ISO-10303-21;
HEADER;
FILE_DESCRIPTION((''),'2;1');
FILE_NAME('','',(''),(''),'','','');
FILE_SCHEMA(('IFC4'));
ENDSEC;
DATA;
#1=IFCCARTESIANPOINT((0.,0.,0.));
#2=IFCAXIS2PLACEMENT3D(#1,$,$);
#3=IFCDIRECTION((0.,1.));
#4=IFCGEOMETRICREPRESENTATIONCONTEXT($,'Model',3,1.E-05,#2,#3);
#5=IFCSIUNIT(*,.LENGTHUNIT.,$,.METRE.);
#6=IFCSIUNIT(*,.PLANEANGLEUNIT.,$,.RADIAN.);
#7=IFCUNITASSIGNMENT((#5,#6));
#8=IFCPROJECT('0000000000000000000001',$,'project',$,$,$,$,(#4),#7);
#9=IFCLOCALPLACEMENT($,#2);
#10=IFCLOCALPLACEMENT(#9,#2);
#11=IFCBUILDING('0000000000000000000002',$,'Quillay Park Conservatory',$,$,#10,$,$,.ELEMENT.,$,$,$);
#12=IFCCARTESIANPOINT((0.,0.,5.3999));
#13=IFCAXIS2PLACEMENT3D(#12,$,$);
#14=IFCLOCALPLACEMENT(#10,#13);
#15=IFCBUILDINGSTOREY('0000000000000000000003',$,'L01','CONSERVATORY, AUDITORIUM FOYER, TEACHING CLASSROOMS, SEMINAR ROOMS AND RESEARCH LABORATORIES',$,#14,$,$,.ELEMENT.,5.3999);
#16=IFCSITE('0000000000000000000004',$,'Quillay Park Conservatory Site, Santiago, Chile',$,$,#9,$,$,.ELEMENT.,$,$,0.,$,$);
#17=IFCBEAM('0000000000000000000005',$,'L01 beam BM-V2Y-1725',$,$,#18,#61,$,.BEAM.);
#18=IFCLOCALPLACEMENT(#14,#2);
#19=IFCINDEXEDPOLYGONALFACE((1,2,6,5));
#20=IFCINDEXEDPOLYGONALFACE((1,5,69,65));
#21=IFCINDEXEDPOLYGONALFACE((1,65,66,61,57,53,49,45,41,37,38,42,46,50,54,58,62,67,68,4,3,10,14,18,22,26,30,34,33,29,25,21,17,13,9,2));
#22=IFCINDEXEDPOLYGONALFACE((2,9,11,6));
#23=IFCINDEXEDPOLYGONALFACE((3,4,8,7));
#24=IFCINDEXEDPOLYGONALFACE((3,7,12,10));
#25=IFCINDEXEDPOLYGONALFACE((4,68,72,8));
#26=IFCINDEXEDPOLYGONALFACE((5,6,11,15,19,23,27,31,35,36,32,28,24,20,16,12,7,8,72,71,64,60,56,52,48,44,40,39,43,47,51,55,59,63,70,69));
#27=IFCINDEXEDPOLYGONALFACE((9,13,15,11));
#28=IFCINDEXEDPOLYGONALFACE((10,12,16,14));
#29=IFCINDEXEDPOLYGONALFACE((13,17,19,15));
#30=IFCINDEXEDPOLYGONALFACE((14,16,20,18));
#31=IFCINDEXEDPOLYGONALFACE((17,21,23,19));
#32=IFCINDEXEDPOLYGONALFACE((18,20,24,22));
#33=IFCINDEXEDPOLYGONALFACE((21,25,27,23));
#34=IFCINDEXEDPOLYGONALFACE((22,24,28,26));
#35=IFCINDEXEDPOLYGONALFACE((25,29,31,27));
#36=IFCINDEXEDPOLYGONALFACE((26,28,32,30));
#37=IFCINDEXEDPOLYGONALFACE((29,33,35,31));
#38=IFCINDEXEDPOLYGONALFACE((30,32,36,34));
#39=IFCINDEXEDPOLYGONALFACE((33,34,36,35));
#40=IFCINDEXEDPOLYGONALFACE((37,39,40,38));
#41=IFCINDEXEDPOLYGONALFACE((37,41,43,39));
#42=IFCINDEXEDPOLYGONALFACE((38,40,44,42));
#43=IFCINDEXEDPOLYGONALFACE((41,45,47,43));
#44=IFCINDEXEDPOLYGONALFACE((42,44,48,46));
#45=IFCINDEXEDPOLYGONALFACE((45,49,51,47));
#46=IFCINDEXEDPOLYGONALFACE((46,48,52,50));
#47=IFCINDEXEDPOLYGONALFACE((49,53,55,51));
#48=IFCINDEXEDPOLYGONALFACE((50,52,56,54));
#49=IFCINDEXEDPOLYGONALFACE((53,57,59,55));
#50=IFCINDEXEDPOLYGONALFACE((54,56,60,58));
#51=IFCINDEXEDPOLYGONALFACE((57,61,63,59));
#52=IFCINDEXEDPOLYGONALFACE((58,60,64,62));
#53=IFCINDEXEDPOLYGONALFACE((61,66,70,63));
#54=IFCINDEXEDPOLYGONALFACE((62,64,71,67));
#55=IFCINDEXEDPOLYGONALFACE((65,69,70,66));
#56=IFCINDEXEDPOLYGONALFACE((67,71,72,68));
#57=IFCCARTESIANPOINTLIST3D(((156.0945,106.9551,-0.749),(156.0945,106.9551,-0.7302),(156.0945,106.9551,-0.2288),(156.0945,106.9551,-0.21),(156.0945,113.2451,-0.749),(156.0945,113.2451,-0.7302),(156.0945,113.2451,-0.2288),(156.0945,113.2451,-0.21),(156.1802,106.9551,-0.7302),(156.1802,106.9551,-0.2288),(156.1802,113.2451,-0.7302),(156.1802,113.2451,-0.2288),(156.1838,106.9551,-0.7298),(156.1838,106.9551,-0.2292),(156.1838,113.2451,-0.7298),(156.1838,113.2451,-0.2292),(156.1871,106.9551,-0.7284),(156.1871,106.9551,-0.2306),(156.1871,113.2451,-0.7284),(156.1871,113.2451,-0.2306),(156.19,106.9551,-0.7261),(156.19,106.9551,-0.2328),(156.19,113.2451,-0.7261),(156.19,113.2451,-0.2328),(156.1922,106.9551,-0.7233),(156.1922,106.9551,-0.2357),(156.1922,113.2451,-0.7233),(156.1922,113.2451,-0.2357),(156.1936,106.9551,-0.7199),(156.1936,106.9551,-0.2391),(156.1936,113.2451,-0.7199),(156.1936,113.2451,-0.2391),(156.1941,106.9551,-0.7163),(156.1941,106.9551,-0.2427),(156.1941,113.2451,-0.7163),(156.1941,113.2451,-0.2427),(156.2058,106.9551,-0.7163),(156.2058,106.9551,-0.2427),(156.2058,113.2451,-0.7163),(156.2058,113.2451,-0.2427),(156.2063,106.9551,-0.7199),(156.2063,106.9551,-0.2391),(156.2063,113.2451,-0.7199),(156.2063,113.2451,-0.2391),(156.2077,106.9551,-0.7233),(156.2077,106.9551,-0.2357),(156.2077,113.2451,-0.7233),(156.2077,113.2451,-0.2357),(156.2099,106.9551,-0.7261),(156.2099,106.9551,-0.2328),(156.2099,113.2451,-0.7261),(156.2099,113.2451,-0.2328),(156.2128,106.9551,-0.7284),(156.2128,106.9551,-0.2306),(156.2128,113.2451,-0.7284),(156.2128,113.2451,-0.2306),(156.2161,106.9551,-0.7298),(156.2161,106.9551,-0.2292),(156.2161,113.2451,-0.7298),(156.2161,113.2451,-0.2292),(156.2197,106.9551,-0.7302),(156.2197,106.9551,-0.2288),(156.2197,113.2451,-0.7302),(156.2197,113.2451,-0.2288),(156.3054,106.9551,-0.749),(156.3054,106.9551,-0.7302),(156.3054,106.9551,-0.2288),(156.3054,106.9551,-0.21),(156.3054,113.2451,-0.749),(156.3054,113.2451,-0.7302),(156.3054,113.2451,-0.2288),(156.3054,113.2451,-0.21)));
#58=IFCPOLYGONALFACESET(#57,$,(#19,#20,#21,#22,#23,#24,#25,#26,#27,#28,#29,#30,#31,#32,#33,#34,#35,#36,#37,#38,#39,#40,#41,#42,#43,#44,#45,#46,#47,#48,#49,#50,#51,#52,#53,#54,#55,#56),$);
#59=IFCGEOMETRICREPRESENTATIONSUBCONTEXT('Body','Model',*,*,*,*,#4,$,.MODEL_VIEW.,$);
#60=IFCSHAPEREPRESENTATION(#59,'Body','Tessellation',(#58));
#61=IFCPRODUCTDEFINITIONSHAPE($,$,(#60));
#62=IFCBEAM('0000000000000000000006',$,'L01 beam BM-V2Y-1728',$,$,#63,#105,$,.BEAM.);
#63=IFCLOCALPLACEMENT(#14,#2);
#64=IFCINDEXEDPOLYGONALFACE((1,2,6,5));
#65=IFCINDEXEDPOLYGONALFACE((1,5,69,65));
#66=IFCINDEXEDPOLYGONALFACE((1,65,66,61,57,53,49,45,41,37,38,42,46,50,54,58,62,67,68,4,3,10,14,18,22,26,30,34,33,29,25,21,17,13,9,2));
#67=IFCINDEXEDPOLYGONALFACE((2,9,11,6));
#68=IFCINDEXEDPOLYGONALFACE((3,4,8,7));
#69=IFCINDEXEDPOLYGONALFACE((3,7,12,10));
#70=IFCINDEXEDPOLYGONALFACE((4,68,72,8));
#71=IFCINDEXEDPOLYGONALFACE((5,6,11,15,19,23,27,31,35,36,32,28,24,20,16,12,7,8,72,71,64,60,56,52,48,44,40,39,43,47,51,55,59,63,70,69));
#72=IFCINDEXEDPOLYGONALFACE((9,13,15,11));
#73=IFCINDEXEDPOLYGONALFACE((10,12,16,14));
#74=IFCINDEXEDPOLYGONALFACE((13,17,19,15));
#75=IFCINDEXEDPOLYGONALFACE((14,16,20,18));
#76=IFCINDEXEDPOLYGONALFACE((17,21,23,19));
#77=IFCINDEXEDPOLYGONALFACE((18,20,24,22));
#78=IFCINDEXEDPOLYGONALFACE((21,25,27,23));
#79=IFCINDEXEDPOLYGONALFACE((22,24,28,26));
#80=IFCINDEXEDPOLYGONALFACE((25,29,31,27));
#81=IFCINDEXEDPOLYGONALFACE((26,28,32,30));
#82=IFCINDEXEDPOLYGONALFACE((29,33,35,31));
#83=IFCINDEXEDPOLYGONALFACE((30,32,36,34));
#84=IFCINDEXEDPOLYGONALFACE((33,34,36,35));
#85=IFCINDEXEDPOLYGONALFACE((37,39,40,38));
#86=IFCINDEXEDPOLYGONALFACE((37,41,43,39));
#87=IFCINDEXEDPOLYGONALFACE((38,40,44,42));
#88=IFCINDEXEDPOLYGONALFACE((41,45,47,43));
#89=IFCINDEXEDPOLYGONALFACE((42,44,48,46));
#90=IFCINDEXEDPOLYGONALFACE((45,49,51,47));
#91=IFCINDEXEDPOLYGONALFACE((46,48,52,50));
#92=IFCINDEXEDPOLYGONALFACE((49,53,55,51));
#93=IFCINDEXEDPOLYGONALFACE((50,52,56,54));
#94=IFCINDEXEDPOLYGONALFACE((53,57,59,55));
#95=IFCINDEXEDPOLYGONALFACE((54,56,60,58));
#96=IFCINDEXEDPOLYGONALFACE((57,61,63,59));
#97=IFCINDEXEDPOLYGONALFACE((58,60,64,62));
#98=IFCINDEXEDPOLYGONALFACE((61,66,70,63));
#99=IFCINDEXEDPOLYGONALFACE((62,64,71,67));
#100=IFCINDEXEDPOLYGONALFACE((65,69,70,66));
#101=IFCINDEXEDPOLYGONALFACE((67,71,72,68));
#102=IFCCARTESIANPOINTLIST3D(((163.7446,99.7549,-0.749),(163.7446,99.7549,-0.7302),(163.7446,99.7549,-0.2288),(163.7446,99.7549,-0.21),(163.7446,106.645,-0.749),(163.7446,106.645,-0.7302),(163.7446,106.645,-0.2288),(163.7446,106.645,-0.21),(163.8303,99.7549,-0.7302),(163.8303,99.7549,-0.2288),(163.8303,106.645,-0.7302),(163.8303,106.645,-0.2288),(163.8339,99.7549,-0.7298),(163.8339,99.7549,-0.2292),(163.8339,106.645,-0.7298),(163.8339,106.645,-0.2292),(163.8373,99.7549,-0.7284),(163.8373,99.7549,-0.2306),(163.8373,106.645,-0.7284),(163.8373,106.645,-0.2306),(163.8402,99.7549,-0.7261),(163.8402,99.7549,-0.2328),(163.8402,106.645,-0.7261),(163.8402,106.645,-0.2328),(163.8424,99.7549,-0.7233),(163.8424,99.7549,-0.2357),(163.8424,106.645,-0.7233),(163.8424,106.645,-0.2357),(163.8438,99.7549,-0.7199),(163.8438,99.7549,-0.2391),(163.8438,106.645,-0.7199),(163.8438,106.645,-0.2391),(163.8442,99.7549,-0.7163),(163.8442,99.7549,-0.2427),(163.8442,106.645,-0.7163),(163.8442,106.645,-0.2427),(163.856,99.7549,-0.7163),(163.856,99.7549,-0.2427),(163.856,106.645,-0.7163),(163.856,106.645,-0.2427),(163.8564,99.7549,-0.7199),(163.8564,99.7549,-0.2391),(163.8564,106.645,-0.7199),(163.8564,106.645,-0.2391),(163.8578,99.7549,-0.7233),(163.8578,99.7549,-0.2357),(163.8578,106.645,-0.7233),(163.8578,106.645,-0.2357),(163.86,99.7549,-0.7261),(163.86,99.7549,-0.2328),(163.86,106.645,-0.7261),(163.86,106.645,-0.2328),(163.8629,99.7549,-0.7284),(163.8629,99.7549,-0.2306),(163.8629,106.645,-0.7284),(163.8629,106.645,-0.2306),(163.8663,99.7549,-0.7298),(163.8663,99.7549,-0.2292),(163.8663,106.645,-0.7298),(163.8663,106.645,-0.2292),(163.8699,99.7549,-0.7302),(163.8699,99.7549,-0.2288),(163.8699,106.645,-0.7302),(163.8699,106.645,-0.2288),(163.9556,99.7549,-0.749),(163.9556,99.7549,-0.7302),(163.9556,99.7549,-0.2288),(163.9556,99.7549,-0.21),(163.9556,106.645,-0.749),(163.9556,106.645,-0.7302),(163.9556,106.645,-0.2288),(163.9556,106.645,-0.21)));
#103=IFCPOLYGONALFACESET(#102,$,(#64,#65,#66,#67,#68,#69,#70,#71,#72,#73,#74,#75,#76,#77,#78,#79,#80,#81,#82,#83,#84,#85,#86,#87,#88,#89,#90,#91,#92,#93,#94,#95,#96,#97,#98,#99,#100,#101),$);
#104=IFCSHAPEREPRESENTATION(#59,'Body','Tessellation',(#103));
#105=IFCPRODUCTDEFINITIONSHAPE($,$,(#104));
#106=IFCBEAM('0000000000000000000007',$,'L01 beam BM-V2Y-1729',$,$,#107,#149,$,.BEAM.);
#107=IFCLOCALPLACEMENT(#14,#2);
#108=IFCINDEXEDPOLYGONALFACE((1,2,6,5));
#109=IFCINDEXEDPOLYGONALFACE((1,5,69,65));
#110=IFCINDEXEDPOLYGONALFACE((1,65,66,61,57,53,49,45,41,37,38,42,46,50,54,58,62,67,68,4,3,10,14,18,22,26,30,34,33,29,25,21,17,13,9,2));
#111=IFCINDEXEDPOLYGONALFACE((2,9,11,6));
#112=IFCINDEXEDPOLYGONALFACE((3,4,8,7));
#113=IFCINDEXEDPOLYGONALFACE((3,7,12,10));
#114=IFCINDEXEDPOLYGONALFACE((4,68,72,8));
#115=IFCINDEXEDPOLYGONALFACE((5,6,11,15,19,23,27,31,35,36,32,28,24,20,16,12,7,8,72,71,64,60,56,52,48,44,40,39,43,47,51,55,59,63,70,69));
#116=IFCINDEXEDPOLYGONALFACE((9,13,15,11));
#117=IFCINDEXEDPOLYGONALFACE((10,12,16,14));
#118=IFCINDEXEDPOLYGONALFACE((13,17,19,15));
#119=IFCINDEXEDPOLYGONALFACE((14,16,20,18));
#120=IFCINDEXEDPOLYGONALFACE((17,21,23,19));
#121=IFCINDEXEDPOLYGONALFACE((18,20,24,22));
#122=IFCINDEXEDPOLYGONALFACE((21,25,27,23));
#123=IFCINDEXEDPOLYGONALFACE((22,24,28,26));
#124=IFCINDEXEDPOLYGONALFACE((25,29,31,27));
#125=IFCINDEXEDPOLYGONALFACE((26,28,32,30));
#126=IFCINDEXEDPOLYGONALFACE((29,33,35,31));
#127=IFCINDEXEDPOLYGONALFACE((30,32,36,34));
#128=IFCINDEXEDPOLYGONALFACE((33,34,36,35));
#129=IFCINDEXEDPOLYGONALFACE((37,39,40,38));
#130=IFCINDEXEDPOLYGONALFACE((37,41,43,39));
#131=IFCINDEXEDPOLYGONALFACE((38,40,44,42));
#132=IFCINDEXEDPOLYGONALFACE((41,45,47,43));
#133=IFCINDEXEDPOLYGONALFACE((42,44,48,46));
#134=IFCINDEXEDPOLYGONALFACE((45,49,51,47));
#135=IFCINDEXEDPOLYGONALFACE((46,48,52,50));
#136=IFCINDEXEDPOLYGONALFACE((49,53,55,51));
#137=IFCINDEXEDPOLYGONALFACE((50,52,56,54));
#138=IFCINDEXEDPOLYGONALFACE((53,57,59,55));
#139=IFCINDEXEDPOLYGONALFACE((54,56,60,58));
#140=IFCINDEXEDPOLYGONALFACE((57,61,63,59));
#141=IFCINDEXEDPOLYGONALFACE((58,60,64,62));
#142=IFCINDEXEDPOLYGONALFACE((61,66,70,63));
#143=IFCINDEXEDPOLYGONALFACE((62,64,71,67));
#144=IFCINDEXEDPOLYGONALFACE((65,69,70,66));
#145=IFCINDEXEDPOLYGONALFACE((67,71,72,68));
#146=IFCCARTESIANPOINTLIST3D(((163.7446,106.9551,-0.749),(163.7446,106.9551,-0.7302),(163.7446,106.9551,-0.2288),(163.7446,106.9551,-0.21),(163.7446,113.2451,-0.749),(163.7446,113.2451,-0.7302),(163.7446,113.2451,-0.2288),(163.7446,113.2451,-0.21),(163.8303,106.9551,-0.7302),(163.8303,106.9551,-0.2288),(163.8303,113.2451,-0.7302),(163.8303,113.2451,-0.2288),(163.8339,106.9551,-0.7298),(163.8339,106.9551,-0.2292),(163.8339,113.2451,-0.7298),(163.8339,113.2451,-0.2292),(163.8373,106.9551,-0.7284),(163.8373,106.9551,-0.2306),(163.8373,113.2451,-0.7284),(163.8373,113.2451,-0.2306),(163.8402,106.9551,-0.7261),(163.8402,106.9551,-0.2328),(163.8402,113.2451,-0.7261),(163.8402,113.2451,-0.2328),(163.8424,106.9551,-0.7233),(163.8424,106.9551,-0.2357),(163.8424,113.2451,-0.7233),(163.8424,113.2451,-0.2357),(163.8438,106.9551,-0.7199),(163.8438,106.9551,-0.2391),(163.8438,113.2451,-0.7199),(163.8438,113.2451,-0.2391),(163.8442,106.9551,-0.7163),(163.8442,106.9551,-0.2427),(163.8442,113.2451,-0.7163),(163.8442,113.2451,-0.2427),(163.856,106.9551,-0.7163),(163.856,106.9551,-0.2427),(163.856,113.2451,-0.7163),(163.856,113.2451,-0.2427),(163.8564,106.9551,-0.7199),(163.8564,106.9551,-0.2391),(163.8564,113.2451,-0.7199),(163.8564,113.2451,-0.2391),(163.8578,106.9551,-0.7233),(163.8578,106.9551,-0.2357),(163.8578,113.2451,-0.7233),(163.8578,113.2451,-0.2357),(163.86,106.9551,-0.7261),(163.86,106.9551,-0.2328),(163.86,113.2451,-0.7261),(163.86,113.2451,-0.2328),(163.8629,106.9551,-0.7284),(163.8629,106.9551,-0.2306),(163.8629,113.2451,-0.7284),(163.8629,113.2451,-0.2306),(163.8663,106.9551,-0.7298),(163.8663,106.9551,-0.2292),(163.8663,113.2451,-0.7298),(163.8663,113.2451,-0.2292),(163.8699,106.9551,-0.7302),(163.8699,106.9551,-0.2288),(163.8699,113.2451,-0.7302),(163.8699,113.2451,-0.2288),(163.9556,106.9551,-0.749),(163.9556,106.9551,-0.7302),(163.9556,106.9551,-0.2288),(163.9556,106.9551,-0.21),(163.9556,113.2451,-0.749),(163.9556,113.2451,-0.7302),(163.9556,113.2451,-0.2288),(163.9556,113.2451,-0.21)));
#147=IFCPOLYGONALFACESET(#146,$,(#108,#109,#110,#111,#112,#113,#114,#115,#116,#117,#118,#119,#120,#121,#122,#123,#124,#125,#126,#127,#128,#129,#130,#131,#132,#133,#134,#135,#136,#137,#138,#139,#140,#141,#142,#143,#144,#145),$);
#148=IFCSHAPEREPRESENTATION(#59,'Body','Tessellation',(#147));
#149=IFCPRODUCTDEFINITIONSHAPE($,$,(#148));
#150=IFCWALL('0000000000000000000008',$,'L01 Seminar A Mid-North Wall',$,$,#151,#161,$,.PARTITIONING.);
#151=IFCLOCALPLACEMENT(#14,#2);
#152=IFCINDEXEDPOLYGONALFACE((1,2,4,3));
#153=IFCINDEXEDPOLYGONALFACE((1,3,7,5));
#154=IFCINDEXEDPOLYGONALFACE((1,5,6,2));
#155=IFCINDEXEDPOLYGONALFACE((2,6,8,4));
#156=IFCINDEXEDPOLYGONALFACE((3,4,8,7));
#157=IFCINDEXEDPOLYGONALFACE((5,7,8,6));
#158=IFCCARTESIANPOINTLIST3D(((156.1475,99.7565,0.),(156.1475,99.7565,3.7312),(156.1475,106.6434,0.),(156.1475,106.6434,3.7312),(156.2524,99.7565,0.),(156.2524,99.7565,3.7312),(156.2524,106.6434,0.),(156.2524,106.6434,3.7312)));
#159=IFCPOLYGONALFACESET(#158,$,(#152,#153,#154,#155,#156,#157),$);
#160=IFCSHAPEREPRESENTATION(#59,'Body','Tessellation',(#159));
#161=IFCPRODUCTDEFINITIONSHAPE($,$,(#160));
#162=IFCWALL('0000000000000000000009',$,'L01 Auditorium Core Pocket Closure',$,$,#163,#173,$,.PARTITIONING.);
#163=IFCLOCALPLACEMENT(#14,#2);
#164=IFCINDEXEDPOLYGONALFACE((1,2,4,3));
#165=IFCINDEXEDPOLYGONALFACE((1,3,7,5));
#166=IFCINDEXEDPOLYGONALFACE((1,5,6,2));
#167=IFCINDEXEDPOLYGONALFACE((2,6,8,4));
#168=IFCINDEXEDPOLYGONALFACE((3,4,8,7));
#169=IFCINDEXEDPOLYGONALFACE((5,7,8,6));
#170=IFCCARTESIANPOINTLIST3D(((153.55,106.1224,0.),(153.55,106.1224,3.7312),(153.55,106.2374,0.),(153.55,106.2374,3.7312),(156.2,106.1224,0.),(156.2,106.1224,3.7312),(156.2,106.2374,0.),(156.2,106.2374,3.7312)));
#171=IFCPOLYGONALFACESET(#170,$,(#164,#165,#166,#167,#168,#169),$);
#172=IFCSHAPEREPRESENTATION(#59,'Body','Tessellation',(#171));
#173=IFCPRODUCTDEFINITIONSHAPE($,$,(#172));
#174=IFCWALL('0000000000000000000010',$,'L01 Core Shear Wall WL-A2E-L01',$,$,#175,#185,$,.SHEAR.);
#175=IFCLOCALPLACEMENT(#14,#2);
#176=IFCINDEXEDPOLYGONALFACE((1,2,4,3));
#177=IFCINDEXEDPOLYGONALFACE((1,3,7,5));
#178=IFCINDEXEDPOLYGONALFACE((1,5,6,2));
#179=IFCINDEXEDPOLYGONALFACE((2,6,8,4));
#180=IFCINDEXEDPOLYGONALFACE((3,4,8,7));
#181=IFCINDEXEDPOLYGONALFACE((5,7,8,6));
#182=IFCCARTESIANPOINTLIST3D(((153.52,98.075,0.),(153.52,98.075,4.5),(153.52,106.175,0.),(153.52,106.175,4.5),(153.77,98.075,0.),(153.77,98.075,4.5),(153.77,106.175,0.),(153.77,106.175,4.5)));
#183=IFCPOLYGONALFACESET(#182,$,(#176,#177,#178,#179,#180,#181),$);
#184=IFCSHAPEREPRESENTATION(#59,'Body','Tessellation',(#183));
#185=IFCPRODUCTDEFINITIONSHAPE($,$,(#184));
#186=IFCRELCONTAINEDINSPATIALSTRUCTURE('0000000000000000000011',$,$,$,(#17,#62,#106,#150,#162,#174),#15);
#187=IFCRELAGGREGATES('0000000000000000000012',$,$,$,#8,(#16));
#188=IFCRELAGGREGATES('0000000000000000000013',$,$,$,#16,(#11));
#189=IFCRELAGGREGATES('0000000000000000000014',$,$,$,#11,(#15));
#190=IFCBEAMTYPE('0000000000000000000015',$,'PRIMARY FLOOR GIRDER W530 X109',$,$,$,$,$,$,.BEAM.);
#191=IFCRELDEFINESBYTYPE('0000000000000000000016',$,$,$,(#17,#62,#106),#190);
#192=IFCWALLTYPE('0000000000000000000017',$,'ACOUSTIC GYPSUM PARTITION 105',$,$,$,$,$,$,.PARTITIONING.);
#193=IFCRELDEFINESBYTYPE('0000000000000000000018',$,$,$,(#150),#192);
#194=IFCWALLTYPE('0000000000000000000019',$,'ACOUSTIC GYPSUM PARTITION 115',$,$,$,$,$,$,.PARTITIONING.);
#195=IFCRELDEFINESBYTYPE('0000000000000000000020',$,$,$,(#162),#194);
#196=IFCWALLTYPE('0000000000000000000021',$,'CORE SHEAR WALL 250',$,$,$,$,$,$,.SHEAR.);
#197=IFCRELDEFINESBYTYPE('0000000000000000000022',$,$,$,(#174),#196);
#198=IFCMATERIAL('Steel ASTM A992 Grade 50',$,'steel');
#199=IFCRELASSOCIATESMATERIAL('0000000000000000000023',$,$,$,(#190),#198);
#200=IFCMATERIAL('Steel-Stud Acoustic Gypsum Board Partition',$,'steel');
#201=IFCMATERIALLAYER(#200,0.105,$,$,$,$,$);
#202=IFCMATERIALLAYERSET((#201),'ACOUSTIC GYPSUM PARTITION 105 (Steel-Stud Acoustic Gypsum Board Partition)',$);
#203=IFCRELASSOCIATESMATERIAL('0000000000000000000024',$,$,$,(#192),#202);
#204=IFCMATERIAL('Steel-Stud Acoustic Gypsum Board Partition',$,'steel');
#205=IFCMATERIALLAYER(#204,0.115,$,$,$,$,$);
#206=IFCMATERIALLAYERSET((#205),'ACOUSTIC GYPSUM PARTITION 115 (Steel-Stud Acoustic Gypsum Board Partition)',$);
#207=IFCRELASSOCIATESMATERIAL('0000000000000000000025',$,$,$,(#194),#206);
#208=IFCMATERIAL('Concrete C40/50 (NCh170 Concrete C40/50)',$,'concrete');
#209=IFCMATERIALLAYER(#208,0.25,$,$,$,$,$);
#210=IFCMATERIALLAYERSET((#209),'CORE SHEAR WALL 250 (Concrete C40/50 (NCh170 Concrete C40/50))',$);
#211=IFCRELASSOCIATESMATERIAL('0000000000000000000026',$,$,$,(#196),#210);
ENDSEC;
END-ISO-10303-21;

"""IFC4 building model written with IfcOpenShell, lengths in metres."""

from ifc_helpers import new_model, si_unit, direction, frame, frame_2d, origin, origin_2d, place, context, subcontext, project, spatial, rectangle, i_section, extrude, material, layer, layer_set, material_profile, profile_set, type_object, element, save


model = new_model("IFC4")

# Units and contexts
model_context = context("Model", 3, precision=1e-05, world=origin(), true_north=direction((0.0, 1.0)))
body_context = subcontext(model_context, "Body", "Model", "MODEL_VIEW")
ifc_project = project(units=[si_unit("LENGTHUNIT", "METRE"), si_unit("PLANEANGLEUNIT", "RADIAN")], contexts=[model_context])

# Site, building, storey
site_placement = place(None, origin())
site = spatial("IfcSite", under=ifc_project, at=site_placement, Name="Quillay Park Conservatory Site, Santiago, Chile", CompositionType="ELEMENT", RefElevation=0.0)
building_placement = place(site_placement, origin())
building = spatial("IfcBuilding", under=site, at=building_placement, Name="Quillay Park Conservatory", CompositionType="ELEMENT")
storey_placement = place(building_placement, frame((0.0, 0.0, 5.3999)))
storey = spatial("IfcBuildingStorey", under=building, at=storey_placement, Name="L01", Description="CONSERVATORY, AUDITORIUM FOYER, TEACHING CLASSROOMS, SEMINAR ROOMS AND RESEARCH LABORATORIES", CompositionType="ELEMENT", Elevation=5.3999)

# Beams
ifc_material_1 = material(Name="Steel ASTM A992 Grade 50", Category="steel")
ifc_material_profile_1 = material_profile(ifc_material_1, i_section(OverallWidth=0.2109, OverallDepth=0.5391, WebThickness=0.0117, FlangeThickness=0.0188, FilletRadius=0.0139, at=origin_2d()), Name="W530x109")
ifc_profile_set_1 = profile_set([ifc_material_profile_1], Name="Steel ASTM A992 Grade 50")
beam_type_1 = type_object("IfcBeamType", Name="PRIMARY FLOOR GIRDER W530 X109", PredefinedType="BEAM", material=ifc_profile_set_1)
beam_1_placement = place(storey_placement, frame((156.2, 106.9551, -0.4795), z_axis=(0.0, 1.0, 0.0), x_axis=(-1.0, 0.0, 0.0)))
element("IfcBeam", 1, at=beam_1_placement, inside=storey, type_object=beam_type_1, Name="L01 beam BM-V2Y-1725", PredefinedType="BEAM", context=body_context, shape_type="SweptSolid", body=[
    extrude(i_section(OverallWidth=0.2109, OverallDepth=0.5391, WebThickness=0.0117, FlangeThickness=0.0188, FilletRadius=0.0139, at=origin_2d()), origin(), (0.0, 0.0, 1.0), 6.29),
])
beam_2_placement = place(storey_placement, frame((163.8501, 99.7549, -0.4795), z_axis=(0.0, 1.0, 0.0), x_axis=(-1.0, 0.0, 0.0)))
element("IfcBeam", 2, at=beam_2_placement, inside=storey, type_object=beam_type_1, Name="L01 beam BM-V2Y-1728", PredefinedType="BEAM", context=body_context, shape_type="SweptSolid", body=[
    extrude(i_section(OverallWidth=0.2109, OverallDepth=0.5391, WebThickness=0.0117, FlangeThickness=0.0188, FilletRadius=0.0139, at=origin_2d()), origin(), (0.0, 0.0, 1.0), 6.8901),
])
beam_3_placement = place(storey_placement, frame((163.8501, 106.9551, -0.4795), z_axis=(0.0, 1.0, 0.0), x_axis=(-1.0, 0.0, 0.0)))
element("IfcBeam", 3, at=beam_3_placement, inside=storey, type_object=beam_type_1, Name="L01 beam BM-V2Y-1729", PredefinedType="BEAM", context=body_context, shape_type="SweptSolid", body=[
    extrude(i_section(OverallWidth=0.2109, OverallDepth=0.5391, WebThickness=0.0117, FlangeThickness=0.0188, FilletRadius=0.0139, at=origin_2d()), origin(), (0.0, 0.0, 1.0), 6.29),
])

# Wall
ifc_material_2 = material(Name="Steel-Stud Acoustic Gypsum Board Partition", Category="steel")
ifc_layer_1 = layer(ifc_material_2, 0.105)
ifc_layer_set_1 = layer_set([ifc_layer_1], Name="ACOUSTIC GYPSUM PARTITION 105 (Steel-Stud Acoustic Gypsum Board Partition)")
wall_type_1 = type_object("IfcWallType", Name="ACOUSTIC GYPSUM PARTITION 105", PredefinedType="PARTITIONING", material=ifc_layer_set_1)
wall_1_placement = place(storey_placement, frame((156.2, 99.7566, 0.0), z_axis=(0.0, 0.0, 1.0), x_axis=(0.0, 1.0, 0.0)))
element("IfcWall", 4, at=wall_1_placement, inside=storey, type_object=wall_type_1, Name="L01 Seminar A Mid-North Wall", PredefinedType="PARTITIONING", context=body_context, shape_type="SweptSolid", body=[
    extrude(rectangle(XDim=6.887, YDim=0.105, at=frame_2d((3.4434, 0.0))), origin(), (0.0, 0.0, 1.0), 3.7312),
])

# Walls
ifc_material_3 = material(Name="Steel-Stud Acoustic Gypsum Board Partition", Category="steel")
ifc_layer_2 = layer(ifc_material_3, 0.115)
ifc_layer_set_2 = layer_set([ifc_layer_2], Name="ACOUSTIC GYPSUM PARTITION 115 (Steel-Stud Acoustic Gypsum Board Partition)")
wall_type_2 = type_object("IfcWallType", Name="ACOUSTIC GYPSUM PARTITION 115", PredefinedType="PARTITIONING", material=ifc_layer_set_2)
wall_2_placement = place(storey_placement, frame((153.55, 106.1799, 0.0), z_axis=(0.0, 0.0, 1.0), x_axis=(1.0, 0.0, 0.0)))
element("IfcWall", 5, at=wall_2_placement, inside=storey, type_object=wall_type_2, Name="L01 Auditorium Core Pocket Closure", PredefinedType="PARTITIONING", context=body_context, shape_type="SweptSolid", body=[
    extrude(rectangle(XDim=2.6499, YDim=0.115, at=frame_2d((1.325, 0.0))), origin(), (0.0, 0.0, 1.0), 3.7312),
])
ifc_material_4 = material(Name="Concrete C40/50 (NCh170 Concrete C40/50)", Category="concrete")
ifc_layer_3 = layer(ifc_material_4, 0.25)
ifc_layer_set_3 = layer_set([ifc_layer_3], Name="CORE SHEAR WALL 250 (Concrete C40/50 (NCh170 Concrete C40/50))")
wall_type_3 = type_object("IfcWallType", Name="CORE SHEAR WALL 250", PredefinedType="SHEAR", material=ifc_layer_set_3)
wall_3_placement = place(storey_placement, frame((153.645, 98.075, 0.0), z_axis=(0.0, 0.0, 1.0), x_axis=(0.0, 1.0, 0.0)))
element("IfcWall", 6, at=wall_3_placement, inside=storey, type_object=wall_type_3, Name="L01 Core Shear Wall WL-A2E-L01", PredefinedType="SHEAR", context=body_context, shape_type="SweptSolid", body=[
    extrude(rectangle(XDim=8.1001, YDim=0.25, at=frame_2d((4.05, 0.0))), origin(), (0.0, 0.0, 1.0), 4.5),
])

save(model, "model.ifc")
